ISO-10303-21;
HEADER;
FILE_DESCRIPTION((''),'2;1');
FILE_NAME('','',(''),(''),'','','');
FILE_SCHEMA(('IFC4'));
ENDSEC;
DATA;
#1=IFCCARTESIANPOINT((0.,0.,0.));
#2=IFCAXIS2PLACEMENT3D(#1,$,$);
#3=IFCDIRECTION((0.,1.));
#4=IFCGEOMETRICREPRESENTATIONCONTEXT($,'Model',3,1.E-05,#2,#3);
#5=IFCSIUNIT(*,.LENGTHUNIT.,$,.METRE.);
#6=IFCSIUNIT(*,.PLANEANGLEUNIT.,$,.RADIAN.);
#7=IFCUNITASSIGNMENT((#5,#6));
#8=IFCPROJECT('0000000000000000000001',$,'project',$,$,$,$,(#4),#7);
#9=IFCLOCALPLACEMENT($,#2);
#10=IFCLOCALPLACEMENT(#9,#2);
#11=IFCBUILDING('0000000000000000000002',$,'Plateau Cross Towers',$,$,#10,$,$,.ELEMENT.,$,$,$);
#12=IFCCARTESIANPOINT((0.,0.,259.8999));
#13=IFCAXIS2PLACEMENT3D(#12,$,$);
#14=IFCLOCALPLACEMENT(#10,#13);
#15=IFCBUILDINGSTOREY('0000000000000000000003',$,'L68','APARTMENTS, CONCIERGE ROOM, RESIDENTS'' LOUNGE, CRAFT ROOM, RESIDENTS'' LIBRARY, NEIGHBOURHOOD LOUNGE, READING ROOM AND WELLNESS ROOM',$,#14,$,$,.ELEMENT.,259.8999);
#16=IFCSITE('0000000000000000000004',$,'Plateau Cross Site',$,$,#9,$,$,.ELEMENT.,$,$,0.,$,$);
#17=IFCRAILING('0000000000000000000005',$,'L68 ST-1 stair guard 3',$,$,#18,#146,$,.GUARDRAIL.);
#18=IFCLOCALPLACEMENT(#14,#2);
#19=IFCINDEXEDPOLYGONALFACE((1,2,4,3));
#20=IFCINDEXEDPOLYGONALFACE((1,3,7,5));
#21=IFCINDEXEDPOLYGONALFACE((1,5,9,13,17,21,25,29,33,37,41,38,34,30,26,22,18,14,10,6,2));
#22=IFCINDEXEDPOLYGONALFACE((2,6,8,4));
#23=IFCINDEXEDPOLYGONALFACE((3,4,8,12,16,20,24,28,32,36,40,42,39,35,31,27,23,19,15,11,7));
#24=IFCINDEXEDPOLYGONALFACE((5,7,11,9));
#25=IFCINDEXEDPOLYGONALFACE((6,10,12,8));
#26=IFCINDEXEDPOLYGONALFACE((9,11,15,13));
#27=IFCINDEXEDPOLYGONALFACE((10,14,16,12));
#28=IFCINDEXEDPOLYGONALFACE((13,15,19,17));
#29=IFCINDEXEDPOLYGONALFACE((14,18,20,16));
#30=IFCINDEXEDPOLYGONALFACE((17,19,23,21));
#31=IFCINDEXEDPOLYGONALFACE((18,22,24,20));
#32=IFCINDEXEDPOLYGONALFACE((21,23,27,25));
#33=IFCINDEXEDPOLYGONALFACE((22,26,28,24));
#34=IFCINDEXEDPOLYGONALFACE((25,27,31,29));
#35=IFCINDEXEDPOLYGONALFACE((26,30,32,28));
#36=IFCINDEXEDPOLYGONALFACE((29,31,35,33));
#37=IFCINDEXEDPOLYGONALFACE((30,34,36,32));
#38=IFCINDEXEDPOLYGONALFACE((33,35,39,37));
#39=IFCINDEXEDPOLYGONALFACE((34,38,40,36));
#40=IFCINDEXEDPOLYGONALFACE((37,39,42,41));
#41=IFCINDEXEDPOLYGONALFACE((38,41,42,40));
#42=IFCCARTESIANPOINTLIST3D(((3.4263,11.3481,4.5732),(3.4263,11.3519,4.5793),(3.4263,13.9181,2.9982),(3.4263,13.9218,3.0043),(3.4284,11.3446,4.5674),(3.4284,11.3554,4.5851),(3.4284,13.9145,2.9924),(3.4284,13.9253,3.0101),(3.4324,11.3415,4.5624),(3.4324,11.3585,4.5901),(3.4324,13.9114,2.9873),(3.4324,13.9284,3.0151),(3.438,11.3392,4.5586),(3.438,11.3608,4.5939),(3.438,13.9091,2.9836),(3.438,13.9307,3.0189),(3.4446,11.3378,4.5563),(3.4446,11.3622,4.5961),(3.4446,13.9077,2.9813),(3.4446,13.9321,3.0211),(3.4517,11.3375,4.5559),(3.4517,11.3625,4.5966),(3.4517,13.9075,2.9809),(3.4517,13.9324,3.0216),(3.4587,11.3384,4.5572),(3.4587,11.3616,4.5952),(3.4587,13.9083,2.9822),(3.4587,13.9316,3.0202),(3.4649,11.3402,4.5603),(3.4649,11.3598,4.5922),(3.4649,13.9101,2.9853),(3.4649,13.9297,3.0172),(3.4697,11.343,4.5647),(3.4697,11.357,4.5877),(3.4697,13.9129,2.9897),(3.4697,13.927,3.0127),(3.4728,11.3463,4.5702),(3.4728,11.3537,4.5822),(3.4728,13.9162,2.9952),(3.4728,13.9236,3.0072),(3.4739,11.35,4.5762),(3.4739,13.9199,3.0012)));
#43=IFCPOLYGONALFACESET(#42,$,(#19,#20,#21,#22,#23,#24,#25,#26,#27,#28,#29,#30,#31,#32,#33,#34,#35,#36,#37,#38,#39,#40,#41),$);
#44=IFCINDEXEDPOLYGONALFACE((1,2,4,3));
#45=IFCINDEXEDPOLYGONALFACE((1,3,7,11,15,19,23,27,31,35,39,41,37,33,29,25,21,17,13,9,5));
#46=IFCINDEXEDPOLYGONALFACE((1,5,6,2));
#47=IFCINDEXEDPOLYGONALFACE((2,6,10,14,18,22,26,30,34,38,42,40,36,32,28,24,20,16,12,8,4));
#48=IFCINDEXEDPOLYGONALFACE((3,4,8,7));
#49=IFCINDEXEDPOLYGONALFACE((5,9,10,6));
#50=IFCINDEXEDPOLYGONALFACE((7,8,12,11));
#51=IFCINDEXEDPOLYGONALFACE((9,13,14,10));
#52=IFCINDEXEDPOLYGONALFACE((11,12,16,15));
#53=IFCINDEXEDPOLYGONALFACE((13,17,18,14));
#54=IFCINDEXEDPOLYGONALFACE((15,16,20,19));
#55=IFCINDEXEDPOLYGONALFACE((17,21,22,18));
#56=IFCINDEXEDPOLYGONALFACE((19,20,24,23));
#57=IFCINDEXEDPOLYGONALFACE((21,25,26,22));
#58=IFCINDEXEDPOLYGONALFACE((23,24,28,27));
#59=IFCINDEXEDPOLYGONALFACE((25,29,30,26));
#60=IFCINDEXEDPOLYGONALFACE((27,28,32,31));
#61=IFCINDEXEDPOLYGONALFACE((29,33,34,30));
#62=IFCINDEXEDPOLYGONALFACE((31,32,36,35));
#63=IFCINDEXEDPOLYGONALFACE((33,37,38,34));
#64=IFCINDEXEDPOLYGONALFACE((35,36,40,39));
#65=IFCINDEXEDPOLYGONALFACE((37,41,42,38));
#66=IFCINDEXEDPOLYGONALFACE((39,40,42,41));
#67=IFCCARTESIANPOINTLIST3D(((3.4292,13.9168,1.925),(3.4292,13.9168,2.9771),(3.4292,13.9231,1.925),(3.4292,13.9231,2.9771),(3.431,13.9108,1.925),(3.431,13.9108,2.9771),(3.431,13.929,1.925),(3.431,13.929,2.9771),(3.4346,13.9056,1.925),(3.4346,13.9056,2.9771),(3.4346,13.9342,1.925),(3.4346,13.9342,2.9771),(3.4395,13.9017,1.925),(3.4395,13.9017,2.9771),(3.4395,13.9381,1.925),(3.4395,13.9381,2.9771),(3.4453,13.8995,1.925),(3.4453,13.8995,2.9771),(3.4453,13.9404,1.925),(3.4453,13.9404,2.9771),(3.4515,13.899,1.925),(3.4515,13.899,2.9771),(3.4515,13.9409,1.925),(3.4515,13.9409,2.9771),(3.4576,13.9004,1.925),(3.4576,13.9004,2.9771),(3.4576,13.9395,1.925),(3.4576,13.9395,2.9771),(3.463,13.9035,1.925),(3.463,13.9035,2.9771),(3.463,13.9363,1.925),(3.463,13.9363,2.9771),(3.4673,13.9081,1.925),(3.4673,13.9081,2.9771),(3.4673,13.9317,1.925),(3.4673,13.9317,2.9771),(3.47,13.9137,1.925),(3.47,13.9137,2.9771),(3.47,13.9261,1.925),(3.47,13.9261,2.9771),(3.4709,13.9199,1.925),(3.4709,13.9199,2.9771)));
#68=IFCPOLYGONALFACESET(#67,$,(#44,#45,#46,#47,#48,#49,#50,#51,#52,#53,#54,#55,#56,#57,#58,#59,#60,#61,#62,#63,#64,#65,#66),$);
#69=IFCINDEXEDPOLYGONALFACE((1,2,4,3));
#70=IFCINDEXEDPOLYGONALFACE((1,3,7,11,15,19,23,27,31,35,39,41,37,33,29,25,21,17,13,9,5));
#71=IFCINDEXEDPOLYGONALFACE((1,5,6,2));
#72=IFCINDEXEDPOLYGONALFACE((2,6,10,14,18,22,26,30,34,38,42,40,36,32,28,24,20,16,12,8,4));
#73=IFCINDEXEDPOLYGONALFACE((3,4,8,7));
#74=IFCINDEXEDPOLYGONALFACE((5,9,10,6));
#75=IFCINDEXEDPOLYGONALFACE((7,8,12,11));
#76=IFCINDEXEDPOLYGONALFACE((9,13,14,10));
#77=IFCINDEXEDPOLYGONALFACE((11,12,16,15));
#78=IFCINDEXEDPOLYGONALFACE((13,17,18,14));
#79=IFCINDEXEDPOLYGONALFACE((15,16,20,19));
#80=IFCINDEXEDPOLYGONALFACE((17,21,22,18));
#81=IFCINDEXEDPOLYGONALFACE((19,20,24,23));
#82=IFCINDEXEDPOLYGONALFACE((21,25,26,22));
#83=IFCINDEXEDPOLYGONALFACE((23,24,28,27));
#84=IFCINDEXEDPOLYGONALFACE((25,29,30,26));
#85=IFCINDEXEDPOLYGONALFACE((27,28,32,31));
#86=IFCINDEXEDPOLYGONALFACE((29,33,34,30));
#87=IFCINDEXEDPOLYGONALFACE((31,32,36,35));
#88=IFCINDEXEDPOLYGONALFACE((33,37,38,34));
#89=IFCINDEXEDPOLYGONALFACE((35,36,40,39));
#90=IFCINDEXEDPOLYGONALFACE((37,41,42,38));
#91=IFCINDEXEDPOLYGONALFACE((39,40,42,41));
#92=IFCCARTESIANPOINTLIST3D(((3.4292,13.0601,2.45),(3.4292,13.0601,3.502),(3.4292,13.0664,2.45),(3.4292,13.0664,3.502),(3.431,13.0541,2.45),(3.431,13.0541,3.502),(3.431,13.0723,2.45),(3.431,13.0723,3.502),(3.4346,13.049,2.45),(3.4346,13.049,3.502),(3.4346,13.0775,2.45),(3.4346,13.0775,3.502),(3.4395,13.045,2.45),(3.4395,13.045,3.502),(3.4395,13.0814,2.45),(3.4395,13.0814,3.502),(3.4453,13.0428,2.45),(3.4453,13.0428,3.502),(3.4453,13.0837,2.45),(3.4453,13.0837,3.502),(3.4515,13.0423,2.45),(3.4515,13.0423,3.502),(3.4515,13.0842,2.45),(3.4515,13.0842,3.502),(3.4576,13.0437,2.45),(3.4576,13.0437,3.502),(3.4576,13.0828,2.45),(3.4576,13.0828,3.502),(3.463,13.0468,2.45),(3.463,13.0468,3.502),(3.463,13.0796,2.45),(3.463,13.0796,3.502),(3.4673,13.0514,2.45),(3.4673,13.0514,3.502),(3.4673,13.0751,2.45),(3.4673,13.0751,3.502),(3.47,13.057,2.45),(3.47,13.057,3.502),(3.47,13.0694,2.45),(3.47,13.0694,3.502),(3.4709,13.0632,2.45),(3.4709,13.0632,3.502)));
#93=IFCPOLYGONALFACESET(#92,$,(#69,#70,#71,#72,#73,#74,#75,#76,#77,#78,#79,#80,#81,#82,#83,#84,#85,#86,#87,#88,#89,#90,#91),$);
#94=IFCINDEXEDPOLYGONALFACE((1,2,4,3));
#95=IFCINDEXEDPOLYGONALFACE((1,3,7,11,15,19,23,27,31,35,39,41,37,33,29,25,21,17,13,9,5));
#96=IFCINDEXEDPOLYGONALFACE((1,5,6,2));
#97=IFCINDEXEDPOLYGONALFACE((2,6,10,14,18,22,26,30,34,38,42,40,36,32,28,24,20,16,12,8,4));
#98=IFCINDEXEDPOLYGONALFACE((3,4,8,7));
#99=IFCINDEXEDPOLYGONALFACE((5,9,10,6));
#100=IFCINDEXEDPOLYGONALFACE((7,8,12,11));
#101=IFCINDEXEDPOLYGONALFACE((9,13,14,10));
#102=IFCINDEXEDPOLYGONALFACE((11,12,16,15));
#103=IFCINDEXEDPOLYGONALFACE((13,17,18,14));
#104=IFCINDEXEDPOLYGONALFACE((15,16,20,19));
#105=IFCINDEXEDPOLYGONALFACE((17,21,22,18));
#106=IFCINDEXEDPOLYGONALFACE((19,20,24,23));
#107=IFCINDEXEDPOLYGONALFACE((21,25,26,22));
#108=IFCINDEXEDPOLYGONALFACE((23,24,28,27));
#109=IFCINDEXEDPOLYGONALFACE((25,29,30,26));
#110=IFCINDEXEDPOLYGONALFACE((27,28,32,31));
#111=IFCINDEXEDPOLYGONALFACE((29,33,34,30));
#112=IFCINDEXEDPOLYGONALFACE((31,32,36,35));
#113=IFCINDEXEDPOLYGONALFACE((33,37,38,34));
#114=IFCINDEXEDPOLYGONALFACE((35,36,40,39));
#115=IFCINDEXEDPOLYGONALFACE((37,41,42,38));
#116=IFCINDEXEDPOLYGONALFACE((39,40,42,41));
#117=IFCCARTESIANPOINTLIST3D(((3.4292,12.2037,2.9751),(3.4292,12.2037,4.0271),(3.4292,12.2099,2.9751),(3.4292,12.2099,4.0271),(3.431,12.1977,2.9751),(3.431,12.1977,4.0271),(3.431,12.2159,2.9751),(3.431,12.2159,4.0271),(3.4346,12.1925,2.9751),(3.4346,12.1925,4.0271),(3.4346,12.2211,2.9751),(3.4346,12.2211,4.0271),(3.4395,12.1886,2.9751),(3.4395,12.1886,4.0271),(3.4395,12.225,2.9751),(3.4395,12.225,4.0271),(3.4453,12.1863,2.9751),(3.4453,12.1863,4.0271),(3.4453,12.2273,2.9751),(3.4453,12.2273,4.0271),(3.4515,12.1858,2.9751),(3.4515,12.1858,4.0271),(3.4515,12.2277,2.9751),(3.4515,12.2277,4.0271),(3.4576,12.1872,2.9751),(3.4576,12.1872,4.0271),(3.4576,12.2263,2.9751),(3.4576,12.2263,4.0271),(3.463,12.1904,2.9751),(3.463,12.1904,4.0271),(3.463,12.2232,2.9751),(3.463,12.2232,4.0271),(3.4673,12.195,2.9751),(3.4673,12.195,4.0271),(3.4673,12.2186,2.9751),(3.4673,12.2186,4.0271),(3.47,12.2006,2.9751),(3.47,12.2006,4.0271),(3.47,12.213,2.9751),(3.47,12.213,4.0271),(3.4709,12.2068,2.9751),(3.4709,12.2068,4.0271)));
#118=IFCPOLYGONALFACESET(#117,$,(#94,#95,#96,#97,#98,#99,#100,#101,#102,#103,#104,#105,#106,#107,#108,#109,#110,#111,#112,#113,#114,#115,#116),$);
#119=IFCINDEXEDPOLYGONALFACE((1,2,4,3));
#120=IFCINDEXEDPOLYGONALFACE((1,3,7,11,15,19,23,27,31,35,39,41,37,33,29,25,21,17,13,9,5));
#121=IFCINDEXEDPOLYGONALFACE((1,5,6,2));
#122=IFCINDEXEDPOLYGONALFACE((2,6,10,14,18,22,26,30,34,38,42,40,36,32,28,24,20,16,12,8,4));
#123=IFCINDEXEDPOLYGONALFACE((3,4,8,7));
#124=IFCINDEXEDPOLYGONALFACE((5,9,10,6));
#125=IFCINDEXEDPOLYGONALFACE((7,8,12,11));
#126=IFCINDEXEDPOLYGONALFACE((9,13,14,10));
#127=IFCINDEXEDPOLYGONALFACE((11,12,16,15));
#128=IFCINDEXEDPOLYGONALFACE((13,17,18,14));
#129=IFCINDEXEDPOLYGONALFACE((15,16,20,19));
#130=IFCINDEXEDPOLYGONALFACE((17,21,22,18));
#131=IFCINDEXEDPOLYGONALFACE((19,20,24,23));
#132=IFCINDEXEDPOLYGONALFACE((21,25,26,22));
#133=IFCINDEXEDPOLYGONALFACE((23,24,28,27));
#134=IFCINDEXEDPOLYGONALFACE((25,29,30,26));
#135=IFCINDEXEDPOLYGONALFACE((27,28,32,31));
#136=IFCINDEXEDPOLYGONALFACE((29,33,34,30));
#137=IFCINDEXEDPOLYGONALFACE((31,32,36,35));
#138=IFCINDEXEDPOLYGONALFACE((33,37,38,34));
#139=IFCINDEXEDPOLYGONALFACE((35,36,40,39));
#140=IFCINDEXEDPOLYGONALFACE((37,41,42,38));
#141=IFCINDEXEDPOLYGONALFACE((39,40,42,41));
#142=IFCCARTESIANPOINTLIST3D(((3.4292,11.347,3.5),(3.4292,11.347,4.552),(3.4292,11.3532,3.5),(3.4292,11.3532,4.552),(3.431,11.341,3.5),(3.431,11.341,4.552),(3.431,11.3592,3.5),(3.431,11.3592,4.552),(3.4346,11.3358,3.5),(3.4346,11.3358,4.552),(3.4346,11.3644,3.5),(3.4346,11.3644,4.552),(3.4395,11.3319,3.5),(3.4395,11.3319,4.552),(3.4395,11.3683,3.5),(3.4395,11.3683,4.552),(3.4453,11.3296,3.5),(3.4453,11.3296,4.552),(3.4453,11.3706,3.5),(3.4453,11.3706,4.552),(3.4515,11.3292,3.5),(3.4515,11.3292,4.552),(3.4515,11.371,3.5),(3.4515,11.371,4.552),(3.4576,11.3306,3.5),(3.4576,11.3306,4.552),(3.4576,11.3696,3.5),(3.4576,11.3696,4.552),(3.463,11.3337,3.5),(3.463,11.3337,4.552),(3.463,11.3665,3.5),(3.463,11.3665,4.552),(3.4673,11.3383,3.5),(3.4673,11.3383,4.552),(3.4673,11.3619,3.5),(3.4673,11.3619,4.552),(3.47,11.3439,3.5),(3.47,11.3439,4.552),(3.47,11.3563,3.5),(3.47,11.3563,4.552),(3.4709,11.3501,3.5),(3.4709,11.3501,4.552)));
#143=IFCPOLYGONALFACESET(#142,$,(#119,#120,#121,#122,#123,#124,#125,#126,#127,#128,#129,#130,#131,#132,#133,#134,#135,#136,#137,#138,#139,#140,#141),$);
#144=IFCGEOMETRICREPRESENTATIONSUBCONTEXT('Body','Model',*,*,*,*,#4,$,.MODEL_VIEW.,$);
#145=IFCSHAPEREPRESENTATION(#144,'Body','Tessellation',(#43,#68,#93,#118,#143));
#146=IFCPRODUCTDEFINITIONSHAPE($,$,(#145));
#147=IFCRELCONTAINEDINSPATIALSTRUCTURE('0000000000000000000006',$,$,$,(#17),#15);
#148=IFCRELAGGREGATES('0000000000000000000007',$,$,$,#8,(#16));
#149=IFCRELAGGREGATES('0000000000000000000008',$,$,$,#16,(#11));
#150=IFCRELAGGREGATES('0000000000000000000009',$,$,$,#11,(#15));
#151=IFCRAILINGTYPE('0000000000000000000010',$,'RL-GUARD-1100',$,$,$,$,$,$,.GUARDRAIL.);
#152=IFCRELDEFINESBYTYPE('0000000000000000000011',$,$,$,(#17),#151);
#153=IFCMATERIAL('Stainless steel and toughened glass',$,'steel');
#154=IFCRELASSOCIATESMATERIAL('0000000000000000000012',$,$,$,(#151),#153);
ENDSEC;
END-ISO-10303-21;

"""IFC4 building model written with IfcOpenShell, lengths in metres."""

from ifc_helpers import new_model, si_unit, direction, frame, origin, origin_2d, place, context, subcontext, project, spatial, circle, extrude, material, type_object, element, save


model = new_model("IFC4")

# Units and contexts
model_context = context("Model", 3, precision=1e-05, world=origin(), true_north=direction((0.0, 1.0)))
body_context = subcontext(model_context, "Body", "Model", "MODEL_VIEW")
ifc_project = project(units=[si_unit("LENGTHUNIT", "METRE"), si_unit("PLANEANGLEUNIT", "RADIAN")], contexts=[model_context])

# Site, building, storey
site_placement = place(None, origin())
site = spatial("IfcSite", under=ifc_project, at=site_placement, Name="Plateau Cross Site", CompositionType="ELEMENT", RefElevation=0.0)
building_placement = place(site_placement, origin())
building = spatial("IfcBuilding", under=site, at=building_placement, Name="Plateau Cross Towers", CompositionType="ELEMENT")
storey_placement = place(building_placement, frame((0.0, 0.0, 259.8999)))
storey = spatial("IfcBuildingStorey", under=building, at=storey_placement, Name="L68", Description="APARTMENTS, CONCIERGE ROOM, RESIDENTS' LOUNGE, CRAFT ROOM, RESIDENTS' LIBRARY, NEIGHBOURHOOD LOUNGE, READING ROOM AND WELLNESS ROOM", CompositionType="ELEMENT", Elevation=259.8999)

# Railing
ifc_material_1 = material(Name="Stainless steel and toughened glass", Category="steel")
railing_type_1 = type_object("IfcRailingType", Name="RL-GUARD-1100", PredefinedType="GUARDRAIL", material=ifc_material_1)
railing_1_placement = place(storey_placement, frame((3.45, 13.9199, 1.925)))
element("IfcRailing", 1, at=railing_1_placement, inside=storey, type_object=railing_type_1, Name="L68 ST-1 stair guard 3", PredefinedType="GUARDRAIL", context=body_context, shape_type="SweptSolid", body=[
    extrude(circle(Radius=0.0239, at=origin_2d()), frame((0.0, 0.0, 1.0762), z_axis=(0.0, -0.852616, 0.522537), x_axis=(1.0, 0.0, 0.0)), (0.0, 0.0, 1.0), 3.0142),
    extrude(circle(Radius=0.021, at=origin_2d()), origin(), (0.0, 0.0, 1.0), 1.052),
    extrude(circle(Radius=0.021, at=origin_2d()), frame((0.0, -0.8567, 0.5249)), (0.0, 0.0, 1.0), 1.052),
    extrude(circle(Radius=0.021, at=origin_2d()), frame((0.0, -1.7131, 1.05)), (0.0, 0.0, 1.0), 1.052),
    extrude(circle(Radius=0.021, at=origin_2d()), frame((0.0, -2.5698, 1.575)), (0.0, 0.0, 1.0), 1.052),
])

save(model, "model.ifc")
